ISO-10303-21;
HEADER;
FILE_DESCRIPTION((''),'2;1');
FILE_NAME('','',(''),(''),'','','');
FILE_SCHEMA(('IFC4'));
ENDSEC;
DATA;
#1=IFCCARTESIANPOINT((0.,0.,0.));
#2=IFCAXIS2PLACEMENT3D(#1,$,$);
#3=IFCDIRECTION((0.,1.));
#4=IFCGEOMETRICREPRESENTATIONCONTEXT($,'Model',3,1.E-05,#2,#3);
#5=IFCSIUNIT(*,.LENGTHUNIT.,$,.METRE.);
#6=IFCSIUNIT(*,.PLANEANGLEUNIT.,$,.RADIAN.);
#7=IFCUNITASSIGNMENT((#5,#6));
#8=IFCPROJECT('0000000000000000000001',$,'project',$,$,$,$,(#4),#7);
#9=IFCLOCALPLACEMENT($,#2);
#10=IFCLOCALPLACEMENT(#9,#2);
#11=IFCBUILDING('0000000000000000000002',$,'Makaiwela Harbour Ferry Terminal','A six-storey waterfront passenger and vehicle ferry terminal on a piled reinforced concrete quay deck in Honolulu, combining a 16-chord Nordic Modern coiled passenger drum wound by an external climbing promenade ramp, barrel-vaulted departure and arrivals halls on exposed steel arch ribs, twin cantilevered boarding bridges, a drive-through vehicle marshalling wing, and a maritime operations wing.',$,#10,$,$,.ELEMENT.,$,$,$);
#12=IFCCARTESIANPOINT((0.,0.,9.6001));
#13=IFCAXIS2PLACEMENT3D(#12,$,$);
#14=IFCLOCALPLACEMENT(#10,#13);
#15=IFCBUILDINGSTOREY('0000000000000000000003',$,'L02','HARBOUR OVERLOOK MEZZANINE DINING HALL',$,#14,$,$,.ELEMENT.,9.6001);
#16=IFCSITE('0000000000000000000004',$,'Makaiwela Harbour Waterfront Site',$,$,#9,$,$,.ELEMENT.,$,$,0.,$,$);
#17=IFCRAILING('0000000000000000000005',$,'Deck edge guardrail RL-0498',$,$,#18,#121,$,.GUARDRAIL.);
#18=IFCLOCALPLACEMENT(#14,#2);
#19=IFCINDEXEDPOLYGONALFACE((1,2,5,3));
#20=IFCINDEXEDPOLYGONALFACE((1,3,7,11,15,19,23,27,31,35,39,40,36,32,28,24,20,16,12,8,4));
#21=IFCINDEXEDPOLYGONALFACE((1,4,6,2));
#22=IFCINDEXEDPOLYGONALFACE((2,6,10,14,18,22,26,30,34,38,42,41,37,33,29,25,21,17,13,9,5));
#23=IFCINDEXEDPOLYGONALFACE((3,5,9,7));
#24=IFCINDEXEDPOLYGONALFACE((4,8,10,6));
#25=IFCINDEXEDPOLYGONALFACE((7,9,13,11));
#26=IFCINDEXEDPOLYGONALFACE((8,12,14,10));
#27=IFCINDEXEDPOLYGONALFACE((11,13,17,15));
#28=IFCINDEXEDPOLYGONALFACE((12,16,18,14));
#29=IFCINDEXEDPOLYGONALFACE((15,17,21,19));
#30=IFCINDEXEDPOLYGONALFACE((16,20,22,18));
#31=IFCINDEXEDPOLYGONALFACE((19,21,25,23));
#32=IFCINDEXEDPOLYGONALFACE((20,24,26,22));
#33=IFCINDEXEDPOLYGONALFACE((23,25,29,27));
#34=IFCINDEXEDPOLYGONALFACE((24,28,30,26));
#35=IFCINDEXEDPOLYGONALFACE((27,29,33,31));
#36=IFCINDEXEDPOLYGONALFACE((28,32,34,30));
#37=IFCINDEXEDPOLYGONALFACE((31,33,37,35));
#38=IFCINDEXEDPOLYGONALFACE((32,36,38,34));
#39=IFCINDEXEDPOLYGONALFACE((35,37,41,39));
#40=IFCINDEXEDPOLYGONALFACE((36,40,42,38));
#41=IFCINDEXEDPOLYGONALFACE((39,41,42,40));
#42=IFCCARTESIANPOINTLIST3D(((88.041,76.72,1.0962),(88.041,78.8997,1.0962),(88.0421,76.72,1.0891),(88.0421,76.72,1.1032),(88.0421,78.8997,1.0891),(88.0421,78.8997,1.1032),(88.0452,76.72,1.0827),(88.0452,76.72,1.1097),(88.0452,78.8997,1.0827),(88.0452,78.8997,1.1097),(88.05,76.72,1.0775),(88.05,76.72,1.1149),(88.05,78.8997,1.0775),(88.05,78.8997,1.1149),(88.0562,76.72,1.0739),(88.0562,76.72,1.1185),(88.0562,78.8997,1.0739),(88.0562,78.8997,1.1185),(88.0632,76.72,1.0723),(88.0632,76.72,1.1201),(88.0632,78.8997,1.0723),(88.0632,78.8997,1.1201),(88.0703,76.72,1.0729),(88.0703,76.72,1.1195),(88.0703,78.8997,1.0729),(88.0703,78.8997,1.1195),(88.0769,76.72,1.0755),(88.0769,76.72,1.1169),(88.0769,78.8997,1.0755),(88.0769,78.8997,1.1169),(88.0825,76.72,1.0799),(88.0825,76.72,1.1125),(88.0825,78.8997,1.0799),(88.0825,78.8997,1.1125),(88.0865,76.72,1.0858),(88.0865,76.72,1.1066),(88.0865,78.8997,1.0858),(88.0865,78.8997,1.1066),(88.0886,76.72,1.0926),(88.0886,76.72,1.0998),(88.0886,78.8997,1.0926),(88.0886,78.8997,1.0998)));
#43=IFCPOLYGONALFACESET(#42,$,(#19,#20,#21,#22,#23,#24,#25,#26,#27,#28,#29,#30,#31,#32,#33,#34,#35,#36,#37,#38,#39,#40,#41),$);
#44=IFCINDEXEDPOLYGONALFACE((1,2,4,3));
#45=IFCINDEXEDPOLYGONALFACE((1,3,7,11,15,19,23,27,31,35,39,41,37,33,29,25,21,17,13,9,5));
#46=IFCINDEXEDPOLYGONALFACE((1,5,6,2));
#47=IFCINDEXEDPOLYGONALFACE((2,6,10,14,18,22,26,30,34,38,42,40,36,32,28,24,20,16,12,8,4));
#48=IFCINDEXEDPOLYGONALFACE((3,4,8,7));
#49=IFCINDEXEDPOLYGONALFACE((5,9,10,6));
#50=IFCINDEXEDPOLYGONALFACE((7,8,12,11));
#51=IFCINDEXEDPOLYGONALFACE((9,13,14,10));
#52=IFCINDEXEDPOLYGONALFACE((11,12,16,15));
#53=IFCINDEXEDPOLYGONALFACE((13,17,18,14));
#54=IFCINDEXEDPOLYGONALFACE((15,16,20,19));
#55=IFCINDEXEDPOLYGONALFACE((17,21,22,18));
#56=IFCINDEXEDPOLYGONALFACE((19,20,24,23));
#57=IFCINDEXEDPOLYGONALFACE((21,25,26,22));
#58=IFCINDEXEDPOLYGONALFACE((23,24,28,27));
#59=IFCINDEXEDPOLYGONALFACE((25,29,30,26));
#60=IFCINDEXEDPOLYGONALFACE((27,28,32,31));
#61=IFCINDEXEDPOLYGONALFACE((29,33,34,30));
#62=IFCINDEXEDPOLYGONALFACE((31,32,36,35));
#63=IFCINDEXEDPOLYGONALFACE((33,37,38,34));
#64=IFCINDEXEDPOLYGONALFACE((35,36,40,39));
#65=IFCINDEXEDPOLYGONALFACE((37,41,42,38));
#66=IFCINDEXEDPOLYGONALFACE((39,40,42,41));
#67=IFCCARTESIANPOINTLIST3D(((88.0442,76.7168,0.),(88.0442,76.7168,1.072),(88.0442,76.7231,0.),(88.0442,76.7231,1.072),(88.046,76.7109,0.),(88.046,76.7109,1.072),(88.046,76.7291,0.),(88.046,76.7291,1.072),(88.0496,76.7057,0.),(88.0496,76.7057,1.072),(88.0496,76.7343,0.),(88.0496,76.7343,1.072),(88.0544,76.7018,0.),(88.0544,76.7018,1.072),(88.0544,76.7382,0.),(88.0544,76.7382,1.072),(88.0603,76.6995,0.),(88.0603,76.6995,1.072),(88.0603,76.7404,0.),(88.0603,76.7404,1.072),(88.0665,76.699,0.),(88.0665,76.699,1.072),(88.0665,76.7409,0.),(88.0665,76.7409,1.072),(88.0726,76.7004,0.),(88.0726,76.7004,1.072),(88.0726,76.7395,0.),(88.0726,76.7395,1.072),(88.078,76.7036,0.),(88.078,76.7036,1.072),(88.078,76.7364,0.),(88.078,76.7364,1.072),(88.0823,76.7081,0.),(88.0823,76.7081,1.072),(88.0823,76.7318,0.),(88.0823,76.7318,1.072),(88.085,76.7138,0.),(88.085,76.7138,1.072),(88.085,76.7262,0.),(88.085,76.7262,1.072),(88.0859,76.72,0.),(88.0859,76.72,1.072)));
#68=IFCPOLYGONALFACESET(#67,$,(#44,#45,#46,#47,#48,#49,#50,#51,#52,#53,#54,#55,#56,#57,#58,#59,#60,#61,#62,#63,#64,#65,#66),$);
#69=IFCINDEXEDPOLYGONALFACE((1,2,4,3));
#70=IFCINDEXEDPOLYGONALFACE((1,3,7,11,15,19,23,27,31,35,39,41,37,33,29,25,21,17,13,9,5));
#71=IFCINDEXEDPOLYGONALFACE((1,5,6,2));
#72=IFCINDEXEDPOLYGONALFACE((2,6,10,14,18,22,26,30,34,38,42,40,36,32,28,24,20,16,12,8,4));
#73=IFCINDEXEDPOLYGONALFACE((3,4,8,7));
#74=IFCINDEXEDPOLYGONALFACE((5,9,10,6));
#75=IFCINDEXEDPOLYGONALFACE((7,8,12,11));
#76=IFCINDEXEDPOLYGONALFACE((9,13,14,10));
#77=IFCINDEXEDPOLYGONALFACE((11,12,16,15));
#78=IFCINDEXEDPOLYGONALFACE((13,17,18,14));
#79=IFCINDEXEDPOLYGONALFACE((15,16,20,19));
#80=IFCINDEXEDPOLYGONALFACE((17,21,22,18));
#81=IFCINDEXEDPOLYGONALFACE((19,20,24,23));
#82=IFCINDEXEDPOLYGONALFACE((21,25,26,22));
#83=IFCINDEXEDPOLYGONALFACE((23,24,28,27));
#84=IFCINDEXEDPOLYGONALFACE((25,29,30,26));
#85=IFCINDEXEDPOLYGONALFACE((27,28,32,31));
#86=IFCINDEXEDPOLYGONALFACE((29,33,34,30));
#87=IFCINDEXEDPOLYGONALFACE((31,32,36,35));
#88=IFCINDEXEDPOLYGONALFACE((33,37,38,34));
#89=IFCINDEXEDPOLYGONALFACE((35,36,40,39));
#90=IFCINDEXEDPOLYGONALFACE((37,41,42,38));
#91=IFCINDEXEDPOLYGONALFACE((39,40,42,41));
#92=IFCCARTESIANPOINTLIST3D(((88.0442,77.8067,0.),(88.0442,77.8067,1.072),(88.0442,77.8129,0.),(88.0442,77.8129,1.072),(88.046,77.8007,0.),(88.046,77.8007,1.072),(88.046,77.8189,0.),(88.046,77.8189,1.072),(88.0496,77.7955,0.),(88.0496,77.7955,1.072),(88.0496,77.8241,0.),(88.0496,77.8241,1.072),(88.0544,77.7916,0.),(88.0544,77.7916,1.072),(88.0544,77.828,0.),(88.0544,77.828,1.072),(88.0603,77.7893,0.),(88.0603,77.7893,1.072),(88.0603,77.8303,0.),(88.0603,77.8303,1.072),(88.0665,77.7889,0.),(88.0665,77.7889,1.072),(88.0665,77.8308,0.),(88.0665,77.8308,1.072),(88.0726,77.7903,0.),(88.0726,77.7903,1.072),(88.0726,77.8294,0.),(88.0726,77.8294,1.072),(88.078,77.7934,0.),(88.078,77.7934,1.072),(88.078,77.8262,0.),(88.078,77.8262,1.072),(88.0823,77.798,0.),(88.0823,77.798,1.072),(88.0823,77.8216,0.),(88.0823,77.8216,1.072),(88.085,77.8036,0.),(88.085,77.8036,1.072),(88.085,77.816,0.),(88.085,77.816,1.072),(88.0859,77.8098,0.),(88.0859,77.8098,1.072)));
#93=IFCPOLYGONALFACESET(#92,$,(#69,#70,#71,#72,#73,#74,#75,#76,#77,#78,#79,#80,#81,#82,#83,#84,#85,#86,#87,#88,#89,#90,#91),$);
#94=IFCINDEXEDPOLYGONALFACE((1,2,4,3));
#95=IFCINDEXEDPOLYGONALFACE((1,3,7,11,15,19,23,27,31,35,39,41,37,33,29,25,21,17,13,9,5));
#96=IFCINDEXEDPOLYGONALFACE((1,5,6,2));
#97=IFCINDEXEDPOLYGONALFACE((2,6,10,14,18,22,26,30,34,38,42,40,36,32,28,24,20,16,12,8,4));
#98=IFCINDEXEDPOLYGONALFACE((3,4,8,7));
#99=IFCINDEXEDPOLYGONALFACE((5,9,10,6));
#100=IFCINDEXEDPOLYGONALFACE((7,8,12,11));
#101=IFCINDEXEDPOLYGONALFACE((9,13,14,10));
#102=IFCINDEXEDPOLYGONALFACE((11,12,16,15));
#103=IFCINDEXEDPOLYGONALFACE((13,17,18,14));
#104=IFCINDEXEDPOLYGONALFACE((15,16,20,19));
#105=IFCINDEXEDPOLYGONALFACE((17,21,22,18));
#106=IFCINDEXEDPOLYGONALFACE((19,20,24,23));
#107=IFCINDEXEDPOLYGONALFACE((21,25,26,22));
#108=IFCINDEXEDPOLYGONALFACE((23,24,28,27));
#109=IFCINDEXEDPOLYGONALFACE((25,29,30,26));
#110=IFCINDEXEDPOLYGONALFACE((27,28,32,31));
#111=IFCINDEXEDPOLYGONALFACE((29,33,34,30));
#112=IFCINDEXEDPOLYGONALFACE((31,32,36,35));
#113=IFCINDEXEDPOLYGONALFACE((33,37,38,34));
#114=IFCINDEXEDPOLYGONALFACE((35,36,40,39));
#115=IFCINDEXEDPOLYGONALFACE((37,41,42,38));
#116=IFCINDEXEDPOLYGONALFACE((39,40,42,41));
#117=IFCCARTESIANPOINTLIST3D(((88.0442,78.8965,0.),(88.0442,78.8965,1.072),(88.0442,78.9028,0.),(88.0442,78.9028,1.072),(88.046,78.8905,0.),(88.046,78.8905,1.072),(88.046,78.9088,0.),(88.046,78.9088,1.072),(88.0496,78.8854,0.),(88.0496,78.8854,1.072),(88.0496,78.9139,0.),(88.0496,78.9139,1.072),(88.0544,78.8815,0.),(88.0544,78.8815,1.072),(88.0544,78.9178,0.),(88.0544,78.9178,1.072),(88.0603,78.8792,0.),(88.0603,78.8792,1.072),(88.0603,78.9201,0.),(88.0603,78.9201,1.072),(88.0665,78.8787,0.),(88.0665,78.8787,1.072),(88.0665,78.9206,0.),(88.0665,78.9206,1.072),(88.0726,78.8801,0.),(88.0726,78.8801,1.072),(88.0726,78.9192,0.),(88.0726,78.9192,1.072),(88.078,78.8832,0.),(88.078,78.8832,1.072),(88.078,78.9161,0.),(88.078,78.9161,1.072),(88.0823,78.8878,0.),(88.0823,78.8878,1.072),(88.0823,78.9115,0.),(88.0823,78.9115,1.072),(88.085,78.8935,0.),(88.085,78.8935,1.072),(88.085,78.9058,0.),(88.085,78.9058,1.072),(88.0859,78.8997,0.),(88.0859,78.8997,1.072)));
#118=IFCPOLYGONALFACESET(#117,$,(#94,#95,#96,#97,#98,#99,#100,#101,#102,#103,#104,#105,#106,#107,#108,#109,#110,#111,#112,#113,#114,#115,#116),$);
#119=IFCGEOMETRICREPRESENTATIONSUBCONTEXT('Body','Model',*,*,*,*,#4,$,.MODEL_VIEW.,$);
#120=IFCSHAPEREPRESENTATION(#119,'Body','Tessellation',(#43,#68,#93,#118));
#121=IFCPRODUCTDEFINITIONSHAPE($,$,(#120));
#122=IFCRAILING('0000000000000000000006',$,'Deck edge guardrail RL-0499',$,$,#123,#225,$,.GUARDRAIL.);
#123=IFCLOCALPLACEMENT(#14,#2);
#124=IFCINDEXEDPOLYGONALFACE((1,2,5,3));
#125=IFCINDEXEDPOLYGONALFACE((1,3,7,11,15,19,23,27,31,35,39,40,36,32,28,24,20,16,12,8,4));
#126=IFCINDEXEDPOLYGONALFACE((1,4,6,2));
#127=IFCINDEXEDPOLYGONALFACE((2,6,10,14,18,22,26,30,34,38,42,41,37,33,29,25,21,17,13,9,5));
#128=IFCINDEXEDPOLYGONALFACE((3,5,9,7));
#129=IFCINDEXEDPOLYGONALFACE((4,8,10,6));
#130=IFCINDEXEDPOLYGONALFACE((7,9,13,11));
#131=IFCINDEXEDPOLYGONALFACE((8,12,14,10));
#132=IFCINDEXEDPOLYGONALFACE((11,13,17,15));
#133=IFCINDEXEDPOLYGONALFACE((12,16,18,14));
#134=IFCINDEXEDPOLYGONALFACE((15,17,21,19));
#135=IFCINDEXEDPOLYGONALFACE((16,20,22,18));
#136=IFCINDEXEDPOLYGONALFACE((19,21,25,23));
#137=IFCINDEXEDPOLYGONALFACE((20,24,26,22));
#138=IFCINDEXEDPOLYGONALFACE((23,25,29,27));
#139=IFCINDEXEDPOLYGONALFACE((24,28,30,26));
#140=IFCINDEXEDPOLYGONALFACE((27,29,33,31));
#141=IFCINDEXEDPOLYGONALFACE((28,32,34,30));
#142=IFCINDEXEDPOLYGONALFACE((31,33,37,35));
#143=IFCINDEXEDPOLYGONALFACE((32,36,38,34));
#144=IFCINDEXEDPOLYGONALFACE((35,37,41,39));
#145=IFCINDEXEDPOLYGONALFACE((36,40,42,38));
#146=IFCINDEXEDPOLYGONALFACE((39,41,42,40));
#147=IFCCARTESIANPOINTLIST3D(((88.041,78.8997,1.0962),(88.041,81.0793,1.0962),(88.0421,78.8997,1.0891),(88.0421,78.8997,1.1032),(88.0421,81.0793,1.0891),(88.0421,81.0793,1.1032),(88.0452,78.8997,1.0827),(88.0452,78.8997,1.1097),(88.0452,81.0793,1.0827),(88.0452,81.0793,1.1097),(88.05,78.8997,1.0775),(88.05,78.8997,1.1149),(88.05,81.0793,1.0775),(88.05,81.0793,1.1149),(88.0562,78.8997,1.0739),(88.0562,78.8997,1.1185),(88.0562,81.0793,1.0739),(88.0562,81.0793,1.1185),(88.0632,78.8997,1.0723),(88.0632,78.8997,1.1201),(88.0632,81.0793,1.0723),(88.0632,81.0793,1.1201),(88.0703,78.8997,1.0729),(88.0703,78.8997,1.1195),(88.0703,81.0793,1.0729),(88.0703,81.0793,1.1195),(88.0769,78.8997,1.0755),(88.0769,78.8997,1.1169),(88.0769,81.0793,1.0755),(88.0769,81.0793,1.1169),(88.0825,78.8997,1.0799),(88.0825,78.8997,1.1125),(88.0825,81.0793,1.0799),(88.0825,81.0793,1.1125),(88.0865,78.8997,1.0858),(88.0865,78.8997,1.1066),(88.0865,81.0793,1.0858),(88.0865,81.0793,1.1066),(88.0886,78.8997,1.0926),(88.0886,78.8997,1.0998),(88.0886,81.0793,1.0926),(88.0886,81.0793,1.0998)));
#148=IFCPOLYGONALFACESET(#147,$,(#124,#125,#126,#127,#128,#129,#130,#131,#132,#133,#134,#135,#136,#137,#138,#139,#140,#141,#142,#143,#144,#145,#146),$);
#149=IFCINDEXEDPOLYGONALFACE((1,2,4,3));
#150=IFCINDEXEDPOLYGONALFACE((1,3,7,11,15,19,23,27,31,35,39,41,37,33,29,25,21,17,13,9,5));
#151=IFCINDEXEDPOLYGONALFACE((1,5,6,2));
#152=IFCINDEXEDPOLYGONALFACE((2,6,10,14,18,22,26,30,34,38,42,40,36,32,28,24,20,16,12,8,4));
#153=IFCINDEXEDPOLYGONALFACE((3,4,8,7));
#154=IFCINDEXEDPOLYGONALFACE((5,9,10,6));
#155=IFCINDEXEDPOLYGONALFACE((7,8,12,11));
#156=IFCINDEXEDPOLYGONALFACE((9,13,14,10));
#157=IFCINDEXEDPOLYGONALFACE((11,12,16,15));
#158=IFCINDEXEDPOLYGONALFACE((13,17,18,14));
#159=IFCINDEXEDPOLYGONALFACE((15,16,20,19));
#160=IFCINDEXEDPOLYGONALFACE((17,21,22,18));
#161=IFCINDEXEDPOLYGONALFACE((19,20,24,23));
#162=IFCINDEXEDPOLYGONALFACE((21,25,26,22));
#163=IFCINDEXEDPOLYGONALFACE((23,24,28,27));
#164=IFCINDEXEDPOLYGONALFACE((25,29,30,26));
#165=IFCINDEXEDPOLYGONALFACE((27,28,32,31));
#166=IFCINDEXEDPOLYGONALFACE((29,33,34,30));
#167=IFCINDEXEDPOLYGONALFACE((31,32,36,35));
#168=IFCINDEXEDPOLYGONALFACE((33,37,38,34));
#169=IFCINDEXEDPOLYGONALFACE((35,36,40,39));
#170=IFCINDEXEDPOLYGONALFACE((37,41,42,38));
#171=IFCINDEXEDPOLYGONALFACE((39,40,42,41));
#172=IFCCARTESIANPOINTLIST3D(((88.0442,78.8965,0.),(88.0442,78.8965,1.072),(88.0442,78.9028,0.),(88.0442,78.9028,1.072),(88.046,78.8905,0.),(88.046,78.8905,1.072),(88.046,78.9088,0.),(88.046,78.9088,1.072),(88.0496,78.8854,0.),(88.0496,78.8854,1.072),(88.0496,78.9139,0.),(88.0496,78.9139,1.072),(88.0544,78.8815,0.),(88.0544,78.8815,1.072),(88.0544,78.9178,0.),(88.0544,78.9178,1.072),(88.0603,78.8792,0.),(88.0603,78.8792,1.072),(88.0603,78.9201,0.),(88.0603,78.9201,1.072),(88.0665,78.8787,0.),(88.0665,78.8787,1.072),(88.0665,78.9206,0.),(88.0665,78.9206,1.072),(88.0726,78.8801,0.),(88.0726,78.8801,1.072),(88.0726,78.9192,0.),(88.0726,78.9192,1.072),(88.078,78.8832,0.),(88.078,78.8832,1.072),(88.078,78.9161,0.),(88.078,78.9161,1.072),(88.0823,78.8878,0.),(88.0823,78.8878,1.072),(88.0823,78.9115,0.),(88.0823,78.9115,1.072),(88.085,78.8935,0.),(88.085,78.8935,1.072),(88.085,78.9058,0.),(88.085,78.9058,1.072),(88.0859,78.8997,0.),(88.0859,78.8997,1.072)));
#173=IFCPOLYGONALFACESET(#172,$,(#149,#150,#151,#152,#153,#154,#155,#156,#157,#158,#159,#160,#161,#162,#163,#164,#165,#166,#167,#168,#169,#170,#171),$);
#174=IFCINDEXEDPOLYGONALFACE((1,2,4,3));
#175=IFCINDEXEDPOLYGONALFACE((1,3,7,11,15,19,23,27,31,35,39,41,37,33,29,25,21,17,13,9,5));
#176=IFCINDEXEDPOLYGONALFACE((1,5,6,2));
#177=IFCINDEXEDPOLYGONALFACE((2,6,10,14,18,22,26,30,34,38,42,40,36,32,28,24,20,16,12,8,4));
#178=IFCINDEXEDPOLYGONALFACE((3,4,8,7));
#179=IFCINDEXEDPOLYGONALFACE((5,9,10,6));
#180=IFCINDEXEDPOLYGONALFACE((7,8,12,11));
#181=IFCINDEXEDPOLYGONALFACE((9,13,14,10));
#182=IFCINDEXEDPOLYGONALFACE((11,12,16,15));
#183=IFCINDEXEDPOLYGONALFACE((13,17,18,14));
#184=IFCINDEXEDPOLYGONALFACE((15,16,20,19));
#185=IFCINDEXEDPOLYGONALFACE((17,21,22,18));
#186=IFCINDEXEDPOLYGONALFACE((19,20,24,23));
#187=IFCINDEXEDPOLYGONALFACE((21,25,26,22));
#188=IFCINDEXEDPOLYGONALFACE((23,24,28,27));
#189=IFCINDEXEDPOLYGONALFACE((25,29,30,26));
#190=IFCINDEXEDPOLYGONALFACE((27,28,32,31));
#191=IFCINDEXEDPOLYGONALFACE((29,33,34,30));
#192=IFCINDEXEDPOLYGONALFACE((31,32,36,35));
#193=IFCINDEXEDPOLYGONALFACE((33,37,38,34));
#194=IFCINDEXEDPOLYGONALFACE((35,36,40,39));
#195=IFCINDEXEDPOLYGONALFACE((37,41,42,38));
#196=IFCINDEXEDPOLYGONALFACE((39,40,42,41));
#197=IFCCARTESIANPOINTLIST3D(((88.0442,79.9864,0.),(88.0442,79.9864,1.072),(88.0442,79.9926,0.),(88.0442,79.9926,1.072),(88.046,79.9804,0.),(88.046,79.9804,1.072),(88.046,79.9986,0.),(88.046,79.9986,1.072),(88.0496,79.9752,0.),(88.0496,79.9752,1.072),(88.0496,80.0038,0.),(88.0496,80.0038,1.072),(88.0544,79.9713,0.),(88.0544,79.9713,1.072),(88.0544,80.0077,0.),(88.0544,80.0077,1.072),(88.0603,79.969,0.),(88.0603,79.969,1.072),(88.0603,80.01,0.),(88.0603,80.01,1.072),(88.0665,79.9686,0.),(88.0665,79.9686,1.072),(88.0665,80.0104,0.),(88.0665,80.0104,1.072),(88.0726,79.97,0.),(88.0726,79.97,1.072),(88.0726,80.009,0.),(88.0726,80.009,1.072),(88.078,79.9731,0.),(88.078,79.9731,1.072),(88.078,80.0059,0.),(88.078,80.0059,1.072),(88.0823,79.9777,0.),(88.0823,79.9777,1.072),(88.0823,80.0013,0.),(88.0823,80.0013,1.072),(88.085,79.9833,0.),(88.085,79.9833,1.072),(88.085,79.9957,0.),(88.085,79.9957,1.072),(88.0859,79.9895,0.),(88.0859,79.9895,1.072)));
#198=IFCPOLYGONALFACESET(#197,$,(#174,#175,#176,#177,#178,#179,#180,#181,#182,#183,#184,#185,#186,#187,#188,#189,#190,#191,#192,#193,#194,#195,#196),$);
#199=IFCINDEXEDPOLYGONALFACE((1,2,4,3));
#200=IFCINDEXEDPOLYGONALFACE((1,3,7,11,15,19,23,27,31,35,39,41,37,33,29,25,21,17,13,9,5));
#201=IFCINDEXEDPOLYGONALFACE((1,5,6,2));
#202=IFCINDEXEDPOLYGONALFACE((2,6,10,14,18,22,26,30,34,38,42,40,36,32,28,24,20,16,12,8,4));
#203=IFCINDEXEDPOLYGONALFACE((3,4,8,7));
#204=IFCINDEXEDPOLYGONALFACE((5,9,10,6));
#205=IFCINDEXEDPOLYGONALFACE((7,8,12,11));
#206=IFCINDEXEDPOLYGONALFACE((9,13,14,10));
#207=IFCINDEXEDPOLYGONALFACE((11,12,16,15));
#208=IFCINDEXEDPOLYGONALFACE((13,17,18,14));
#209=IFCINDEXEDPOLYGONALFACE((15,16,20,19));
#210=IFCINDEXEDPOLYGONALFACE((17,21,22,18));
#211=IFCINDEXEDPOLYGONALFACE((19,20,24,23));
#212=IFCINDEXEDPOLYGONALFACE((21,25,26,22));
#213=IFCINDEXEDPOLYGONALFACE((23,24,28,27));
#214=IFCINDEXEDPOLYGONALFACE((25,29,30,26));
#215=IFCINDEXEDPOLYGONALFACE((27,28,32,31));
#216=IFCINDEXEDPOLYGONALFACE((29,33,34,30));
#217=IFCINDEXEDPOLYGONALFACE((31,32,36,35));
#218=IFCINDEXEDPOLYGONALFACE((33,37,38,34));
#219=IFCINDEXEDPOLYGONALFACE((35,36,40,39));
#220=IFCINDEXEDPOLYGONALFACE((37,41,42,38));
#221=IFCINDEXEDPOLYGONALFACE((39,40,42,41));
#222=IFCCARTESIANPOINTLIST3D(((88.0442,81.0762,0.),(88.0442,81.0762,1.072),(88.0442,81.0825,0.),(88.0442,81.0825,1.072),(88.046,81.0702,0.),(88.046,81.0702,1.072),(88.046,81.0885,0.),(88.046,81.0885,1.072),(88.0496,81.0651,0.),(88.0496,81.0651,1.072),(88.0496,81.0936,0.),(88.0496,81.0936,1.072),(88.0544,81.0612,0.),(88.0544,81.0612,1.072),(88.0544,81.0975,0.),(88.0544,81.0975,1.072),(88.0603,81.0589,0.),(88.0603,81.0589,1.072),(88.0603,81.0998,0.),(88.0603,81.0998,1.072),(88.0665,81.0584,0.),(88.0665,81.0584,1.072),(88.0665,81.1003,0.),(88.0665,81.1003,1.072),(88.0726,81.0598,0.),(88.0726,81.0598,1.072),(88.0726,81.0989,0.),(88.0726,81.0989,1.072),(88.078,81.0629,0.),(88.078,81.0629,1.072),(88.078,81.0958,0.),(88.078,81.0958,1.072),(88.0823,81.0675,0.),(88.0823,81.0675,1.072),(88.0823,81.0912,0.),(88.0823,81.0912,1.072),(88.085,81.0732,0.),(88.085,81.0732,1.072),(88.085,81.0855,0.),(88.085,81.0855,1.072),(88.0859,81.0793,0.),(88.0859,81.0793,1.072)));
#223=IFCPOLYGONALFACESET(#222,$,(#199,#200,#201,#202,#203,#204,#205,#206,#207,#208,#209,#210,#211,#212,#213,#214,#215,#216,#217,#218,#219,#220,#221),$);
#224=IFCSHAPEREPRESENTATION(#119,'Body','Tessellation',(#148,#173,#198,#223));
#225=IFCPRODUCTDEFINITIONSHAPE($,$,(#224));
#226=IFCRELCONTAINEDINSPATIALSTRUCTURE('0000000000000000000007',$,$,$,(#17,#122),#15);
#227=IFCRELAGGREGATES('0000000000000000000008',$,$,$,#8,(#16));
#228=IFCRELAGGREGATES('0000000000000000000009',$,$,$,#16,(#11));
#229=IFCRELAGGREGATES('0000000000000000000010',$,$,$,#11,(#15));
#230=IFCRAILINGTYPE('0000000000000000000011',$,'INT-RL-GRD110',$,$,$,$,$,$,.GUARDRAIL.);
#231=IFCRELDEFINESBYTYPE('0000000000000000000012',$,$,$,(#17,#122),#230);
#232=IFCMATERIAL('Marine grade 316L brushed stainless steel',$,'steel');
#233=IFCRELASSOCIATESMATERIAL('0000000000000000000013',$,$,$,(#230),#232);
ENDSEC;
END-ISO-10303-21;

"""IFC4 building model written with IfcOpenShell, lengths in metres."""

from ifc_helpers import new_model, si_unit, direction, frame, origin, origin_2d, place, context, subcontext, project, spatial, circle, extrude, material, type_object, element, save


model = new_model("IFC4")

# Units and contexts
model_context = context("Model", 3, precision=1e-05, world=origin(), true_north=direction((0.0, 1.0)))
body_context = subcontext(model_context, "Body", "Model", "MODEL_VIEW")
ifc_project = project(units=[si_unit("LENGTHUNIT", "METRE"), si_unit("PLANEANGLEUNIT", "RADIAN")], contexts=[model_context])

# Site, building, storey
site_placement = place(None, origin())
site = spatial("IfcSite", under=ifc_project, at=site_placement, Name="Makaiwela Harbour Waterfront Site", CompositionType="ELEMENT", RefElevation=0.0)
building_placement = place(site_placement, origin())
building = spatial("IfcBuilding", under=site, at=building_placement, Name="Makaiwela Harbour Ferry Terminal", Description="A six-storey waterfront passenger and vehicle ferry terminal on a piled reinforced concrete quay deck in Honolulu, combining a 16-chord Nordic Modern coiled passenger drum wound by an external climbing promenade ramp, barrel-vaulted departure and arrivals halls on exposed steel arch ribs, twin cantilevered boarding bridges, a drive-through vehicle marshalling wing, and a maritime operations wing.", CompositionType="ELEMENT")
storey_placement = place(building_placement, frame((0.0, 0.0, 9.6001)))
storey = spatial("IfcBuildingStorey", under=building, at=storey_placement, Name="L02", Description="HARBOUR OVERLOOK MEZZANINE DINING HALL", CompositionType="ELEMENT", Elevation=9.6001)

# Railings
ifc_material_1 = material(Name="Marine grade 316L brushed stainless steel", Category="steel")
railing_type = type_object("IfcRailingType", Name="INT-RL-GRD110", PredefinedType="GUARDRAIL", material=ifc_material_1)
for number, where, name in (
    (1, (88.0649, 76.72, 0.0), "Deck edge guardrail RL-0498"),
    (2, (88.0649, 78.8997, 0.0), "Deck edge guardrail RL-0499"),
):
    element("IfcRailing", number, at=place(storey_placement, frame(where)), inside=storey, type_object=railing_type, Name=name, PredefinedType="GUARDRAIL", context=body_context, shape_type="SweptSolid", body=[
        extrude(circle(Radius=0.0239, at=origin_2d()), frame((0.0, 0.0, 1.0962), z_axis=(0.0, 1.0, 0.0), x_axis=(-1.0, 0.0, 0.0)), (0.0, 0.0, 1.0), 2.1797),
        extrude(circle(Radius=0.021, at=origin_2d()), origin(), (0.0, 0.0, 1.0), 1.072),
        extrude(circle(Radius=0.021, at=origin_2d()), frame((0.0, 1.0898, 0.0)), (0.0, 0.0, 1.0), 1.072),
        extrude(circle(Radius=0.021, at=origin_2d()), frame((0.0, 2.1797, 0.0)), (0.0, 0.0, 1.0), 1.072),
    ])

save(model, "model.ifc")
